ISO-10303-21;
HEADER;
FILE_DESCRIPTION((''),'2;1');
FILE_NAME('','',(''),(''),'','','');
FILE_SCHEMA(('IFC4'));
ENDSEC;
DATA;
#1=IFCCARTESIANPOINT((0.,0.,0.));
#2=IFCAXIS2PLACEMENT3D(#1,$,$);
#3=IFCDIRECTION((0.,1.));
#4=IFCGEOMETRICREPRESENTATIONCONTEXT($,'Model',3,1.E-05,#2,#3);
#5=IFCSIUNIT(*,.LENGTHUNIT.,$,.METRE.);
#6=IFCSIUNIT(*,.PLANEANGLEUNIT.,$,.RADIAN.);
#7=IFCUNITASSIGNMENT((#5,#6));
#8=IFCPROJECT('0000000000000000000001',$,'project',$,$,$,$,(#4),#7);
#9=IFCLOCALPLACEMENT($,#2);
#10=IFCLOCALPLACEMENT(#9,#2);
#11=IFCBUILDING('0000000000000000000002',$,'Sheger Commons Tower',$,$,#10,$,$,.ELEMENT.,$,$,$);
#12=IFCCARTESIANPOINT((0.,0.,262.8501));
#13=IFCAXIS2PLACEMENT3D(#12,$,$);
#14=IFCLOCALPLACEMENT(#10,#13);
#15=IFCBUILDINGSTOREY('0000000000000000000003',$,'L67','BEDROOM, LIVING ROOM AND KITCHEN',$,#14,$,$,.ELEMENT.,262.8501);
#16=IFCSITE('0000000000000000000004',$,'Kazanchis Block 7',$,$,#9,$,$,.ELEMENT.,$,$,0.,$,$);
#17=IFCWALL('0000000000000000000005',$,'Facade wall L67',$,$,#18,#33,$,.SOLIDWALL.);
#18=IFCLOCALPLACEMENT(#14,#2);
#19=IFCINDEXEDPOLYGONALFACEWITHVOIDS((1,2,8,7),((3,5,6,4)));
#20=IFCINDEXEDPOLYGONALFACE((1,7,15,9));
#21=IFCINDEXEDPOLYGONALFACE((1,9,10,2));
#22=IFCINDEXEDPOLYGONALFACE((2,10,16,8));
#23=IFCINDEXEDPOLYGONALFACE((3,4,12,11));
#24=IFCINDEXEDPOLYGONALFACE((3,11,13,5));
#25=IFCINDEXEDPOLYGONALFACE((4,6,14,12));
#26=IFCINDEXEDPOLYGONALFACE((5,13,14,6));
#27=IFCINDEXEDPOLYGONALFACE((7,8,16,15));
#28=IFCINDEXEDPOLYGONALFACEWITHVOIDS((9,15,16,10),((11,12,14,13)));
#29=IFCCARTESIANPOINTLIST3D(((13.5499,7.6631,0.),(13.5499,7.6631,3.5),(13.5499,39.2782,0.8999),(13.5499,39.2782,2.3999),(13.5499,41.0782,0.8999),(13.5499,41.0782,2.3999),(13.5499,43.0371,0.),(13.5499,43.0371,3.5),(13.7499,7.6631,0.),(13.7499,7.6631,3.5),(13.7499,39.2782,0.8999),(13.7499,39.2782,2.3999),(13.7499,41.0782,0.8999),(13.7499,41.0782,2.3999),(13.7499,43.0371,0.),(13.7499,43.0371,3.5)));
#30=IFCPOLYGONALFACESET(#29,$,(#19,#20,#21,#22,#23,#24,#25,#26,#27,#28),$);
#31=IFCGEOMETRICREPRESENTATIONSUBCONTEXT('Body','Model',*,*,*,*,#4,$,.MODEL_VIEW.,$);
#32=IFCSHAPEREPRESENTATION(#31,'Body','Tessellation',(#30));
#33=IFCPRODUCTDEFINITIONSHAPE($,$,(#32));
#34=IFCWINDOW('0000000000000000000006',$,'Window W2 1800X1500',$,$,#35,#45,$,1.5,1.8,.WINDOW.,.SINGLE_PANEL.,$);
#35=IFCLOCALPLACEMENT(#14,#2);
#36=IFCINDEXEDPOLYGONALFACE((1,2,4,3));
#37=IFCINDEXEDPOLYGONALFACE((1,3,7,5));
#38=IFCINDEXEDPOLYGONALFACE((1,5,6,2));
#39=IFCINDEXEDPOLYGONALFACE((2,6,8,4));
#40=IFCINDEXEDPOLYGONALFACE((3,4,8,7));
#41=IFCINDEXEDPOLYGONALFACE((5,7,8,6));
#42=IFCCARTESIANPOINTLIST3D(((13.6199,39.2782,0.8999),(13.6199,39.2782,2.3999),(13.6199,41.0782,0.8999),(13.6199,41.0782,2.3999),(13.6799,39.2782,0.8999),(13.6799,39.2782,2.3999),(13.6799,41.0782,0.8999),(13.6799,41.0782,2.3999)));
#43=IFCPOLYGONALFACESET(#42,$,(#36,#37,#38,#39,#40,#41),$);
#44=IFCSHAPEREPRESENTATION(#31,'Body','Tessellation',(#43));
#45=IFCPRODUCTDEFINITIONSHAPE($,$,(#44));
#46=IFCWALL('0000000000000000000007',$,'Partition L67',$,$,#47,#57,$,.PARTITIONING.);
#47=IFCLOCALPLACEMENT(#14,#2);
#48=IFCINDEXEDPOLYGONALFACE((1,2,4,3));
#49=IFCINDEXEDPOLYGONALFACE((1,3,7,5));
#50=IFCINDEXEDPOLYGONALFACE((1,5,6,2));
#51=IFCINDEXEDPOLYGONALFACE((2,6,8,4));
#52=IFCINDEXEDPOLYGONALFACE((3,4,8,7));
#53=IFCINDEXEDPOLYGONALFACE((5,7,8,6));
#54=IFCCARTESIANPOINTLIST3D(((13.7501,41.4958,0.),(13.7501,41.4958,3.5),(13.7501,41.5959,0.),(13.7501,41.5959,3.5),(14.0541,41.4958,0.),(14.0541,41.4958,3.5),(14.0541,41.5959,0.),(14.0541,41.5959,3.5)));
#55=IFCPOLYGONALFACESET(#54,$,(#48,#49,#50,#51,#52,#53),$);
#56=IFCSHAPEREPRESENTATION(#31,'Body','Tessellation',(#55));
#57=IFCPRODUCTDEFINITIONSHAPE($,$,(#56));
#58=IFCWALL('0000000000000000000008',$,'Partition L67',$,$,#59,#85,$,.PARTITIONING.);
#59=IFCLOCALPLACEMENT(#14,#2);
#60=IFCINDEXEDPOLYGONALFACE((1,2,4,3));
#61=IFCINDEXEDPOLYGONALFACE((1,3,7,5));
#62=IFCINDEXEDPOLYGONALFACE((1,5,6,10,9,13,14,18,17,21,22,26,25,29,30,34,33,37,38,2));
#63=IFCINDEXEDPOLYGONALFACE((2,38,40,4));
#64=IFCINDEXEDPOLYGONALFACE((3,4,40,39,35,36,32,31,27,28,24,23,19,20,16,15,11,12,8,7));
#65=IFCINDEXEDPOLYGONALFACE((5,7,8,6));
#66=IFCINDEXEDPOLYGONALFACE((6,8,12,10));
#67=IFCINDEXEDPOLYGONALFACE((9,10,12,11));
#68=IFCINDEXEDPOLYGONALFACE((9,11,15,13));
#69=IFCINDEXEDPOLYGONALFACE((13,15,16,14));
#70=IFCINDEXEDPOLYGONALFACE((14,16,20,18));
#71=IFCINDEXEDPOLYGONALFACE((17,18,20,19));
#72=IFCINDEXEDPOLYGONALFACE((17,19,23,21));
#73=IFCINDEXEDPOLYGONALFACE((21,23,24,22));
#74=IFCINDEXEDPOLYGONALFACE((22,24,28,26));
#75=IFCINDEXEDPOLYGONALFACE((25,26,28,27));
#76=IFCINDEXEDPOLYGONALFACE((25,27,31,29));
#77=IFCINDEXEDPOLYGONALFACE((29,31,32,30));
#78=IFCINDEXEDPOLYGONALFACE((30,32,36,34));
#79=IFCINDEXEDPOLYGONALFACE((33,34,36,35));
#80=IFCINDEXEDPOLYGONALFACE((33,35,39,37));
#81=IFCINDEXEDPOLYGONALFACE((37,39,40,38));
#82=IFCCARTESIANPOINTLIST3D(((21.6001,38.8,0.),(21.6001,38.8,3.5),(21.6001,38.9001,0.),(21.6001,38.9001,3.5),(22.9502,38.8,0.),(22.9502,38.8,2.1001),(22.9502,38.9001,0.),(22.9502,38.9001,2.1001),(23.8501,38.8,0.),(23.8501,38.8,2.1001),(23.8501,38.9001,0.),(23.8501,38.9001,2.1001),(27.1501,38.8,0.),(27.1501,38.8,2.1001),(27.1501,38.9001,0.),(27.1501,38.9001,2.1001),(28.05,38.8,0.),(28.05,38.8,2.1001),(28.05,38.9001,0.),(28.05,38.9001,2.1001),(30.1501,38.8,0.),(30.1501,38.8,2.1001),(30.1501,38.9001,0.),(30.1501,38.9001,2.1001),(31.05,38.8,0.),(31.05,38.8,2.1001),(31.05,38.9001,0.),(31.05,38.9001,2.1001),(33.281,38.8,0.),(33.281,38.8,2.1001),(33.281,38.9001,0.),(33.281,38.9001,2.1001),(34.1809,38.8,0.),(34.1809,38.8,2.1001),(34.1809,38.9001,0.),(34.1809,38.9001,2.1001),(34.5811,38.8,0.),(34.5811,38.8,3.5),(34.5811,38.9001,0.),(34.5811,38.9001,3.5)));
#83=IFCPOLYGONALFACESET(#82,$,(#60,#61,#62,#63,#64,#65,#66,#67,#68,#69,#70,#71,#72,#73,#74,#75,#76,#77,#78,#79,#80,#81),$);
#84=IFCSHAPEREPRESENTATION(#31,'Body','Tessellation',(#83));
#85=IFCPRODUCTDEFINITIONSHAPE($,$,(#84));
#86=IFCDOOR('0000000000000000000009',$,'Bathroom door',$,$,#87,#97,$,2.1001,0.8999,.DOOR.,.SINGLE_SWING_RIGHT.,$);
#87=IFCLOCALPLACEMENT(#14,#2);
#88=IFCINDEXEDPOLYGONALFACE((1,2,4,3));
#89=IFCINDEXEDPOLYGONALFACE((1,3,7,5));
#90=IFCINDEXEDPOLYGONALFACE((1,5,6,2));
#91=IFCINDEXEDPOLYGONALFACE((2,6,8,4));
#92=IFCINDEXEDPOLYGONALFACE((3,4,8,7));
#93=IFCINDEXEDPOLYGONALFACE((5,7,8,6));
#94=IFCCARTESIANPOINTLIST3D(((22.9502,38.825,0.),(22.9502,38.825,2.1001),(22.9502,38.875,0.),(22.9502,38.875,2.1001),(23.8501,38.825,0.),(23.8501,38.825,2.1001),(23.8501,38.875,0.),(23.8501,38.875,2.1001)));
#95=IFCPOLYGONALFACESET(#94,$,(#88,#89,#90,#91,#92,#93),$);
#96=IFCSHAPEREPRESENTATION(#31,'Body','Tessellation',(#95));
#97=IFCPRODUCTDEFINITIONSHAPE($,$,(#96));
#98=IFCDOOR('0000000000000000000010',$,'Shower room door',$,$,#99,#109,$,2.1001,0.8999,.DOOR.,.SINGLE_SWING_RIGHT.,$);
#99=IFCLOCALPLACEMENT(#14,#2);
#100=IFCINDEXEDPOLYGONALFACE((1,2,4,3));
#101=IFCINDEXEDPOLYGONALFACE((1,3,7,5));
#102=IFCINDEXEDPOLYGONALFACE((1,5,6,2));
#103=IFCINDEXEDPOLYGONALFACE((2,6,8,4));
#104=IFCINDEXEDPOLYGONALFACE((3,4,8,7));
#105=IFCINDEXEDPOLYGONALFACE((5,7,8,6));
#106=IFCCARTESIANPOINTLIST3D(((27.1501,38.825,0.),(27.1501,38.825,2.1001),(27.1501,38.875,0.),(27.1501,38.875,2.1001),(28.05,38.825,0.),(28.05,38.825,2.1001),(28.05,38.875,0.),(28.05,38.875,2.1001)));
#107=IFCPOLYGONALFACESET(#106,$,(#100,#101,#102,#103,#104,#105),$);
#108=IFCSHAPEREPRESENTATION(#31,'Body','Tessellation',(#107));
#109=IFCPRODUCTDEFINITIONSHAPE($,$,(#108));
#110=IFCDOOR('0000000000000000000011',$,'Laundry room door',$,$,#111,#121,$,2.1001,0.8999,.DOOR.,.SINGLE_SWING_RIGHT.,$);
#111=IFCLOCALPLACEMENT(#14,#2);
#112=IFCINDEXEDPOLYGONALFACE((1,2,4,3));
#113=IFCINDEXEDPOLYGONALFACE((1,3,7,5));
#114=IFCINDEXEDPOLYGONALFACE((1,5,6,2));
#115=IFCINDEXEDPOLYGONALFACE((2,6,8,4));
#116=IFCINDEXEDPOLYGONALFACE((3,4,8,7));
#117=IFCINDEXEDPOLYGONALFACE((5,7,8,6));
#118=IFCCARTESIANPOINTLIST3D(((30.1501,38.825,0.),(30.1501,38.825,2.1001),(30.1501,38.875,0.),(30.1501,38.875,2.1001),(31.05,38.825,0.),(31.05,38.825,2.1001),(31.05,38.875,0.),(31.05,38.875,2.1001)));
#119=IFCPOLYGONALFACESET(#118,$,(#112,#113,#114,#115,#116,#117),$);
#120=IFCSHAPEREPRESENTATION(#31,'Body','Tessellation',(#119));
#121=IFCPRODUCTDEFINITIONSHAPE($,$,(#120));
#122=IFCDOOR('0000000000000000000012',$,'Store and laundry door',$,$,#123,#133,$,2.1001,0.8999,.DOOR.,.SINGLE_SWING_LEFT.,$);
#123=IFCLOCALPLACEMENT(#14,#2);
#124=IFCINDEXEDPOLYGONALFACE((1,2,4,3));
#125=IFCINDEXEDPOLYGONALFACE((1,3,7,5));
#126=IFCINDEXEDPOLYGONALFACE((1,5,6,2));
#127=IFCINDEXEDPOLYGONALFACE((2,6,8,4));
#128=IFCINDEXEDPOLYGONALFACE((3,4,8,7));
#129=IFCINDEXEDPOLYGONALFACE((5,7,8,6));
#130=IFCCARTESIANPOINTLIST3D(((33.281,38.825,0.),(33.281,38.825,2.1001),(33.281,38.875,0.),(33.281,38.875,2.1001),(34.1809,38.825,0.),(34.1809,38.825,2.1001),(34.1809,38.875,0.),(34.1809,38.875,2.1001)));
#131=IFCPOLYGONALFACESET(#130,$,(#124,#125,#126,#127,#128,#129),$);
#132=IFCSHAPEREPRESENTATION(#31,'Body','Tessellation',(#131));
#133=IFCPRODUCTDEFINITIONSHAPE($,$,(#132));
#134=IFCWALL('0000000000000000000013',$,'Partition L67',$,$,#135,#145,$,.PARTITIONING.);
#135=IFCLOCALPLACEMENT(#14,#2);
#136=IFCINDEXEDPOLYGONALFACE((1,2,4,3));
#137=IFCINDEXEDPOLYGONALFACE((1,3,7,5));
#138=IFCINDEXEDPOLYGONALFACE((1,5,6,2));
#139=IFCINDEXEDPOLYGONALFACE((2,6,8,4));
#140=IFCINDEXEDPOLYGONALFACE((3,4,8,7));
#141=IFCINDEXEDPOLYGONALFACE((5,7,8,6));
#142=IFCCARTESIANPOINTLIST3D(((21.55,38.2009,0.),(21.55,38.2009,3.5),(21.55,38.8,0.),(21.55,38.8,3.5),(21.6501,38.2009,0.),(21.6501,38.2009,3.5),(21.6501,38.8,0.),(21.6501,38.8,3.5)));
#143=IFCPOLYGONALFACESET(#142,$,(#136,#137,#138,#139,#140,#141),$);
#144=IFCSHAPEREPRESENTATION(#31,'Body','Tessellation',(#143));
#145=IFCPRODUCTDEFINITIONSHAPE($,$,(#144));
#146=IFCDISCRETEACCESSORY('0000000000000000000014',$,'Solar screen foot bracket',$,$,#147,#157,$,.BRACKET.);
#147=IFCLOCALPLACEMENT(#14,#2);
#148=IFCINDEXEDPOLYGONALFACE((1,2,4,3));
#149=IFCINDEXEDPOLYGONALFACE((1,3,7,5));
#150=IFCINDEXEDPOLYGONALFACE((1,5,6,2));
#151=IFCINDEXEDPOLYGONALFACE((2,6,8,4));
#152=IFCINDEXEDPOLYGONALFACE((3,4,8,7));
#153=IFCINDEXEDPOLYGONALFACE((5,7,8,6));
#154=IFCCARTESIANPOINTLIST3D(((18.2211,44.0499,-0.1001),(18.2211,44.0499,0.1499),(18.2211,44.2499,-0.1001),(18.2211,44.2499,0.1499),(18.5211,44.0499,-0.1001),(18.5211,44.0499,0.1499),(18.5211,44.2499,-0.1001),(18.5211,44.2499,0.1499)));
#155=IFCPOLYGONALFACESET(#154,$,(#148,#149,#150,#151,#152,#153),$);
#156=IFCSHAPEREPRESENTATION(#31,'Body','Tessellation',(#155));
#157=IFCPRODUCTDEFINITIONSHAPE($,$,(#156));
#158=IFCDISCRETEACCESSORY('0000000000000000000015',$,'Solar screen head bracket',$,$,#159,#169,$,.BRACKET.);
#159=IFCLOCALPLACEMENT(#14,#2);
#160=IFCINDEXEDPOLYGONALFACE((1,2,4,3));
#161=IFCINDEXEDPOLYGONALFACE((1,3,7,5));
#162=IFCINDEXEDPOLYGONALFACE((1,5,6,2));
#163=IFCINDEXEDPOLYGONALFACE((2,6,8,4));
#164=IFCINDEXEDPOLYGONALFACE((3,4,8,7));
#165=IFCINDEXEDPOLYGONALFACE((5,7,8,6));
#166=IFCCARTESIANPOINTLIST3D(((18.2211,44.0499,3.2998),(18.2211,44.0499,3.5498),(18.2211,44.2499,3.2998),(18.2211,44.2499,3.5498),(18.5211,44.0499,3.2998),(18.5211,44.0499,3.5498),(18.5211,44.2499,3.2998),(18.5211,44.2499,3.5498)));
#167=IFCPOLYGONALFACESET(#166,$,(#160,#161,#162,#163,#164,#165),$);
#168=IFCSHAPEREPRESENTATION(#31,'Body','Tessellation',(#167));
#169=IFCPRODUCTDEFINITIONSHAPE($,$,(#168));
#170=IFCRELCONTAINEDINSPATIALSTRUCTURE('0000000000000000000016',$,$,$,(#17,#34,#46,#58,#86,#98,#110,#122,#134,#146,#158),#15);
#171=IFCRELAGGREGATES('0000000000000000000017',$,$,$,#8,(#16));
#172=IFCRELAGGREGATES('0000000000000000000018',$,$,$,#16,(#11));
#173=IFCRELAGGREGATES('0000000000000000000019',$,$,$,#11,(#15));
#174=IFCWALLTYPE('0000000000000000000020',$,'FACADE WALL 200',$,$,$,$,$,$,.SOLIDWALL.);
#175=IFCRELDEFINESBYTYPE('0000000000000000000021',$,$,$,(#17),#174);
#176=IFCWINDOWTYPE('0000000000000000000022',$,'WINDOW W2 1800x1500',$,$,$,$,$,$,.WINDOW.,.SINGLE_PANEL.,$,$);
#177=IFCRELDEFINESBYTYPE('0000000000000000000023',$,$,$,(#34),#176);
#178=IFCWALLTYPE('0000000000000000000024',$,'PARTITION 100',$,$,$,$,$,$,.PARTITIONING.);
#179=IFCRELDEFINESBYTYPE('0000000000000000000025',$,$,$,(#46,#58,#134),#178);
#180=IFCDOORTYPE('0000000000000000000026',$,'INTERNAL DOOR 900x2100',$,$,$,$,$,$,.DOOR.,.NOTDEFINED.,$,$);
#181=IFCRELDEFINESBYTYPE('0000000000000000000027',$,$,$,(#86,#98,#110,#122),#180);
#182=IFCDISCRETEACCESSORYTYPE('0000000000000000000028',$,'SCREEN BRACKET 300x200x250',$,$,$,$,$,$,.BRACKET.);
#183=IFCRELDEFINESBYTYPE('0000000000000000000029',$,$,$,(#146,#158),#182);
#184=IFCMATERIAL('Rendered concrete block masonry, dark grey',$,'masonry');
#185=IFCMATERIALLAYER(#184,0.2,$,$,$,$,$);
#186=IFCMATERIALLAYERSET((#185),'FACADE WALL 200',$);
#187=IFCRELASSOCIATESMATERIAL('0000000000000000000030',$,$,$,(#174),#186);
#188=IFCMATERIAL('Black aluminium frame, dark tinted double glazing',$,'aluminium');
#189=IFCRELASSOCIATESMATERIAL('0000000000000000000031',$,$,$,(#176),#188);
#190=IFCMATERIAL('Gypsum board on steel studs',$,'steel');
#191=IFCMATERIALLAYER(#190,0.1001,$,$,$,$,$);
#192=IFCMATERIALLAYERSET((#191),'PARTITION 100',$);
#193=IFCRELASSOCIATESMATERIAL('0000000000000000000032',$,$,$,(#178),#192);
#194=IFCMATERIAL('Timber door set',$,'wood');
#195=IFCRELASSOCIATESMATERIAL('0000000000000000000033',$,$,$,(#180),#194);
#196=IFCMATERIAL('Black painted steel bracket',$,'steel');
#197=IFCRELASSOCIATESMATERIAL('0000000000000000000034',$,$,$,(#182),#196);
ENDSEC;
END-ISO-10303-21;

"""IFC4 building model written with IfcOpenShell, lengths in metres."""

from ifc_helpers import new_model, si_unit, direction, frame, frame_2d, origin, origin_2d, place, context, subcontext, project, spatial, rectangle, extrude, material, layer, layer_set, type_object, element, fill, save


model = new_model("IFC4")

# Units and contexts
model_context = context("Model", 3, precision=1e-05, world=origin(), true_north=direction((0.0, 1.0)))
body_context = subcontext(model_context, "Body", "Model", "MODEL_VIEW")
ifc_project = project(units=[si_unit("LENGTHUNIT", "METRE"), si_unit("PLANEANGLEUNIT", "RADIAN")], contexts=[model_context])

# Site, building, storey
site_placement = place(None, origin())
site = spatial("IfcSite", under=ifc_project, at=site_placement, Name="Kazanchis Block 7", CompositionType="ELEMENT", RefElevation=0.0)
building_placement = place(site_placement, origin())
building = spatial("IfcBuilding", under=site, at=building_placement, Name="Sheger Commons Tower", CompositionType="ELEMENT")
storey_placement = place(building_placement, frame((0.0, 0.0, 262.8501)))
storey = spatial("IfcBuildingStorey", under=building, at=storey_placement, Name="L67", Description="BEDROOM, LIVING ROOM AND KITCHEN", CompositionType="ELEMENT", Elevation=262.8501)

# Shared definitions
ifc_material_1 = material(Name="Rendered concrete block masonry, dark grey", Category="masonry")
ifc_layer_1 = layer(ifc_material_1, 0.2)
ifc_layer_set_1 = layer_set([ifc_layer_1], Name="FACADE WALL 200")
wall_type_1 = type_object("IfcWallType", Name="FACADE WALL 200", PredefinedType="SOLIDWALL", material=ifc_layer_set_1)

# Wall, opening, window
wall_1_placement = place(storey_placement, frame((13.6499, 43.0371, 0.0), z_axis=(0.0, 0.0, 1.0), x_axis=(0.0, -1.0, 0.0)))
wall_1 = element("IfcWall", 1, at=wall_1_placement, inside=storey, type_object=wall_type_1, Name="Facade wall L67", PredefinedType="SOLIDWALL", context=body_context, shape_type="SweptSolid", body=[
    extrude(rectangle(XDim=35.374, YDim=0.2, at=frame_2d((17.687, 0.0))), origin(), (0.0, 0.0, 1.0), 3.5),
])
opening_1_placement = place(wall_1_placement, frame((1.959, 0.0, 0.8999)))
opening_1 = element("IfcOpeningElement", 2, at=opening_1_placement, cuts=wall_1, PredefinedType="OPENING", context=body_context, shape_type="SweptSolid", body=[
    extrude(rectangle(XDim=1.8, YDim=1.5, at=frame_2d((0.8999, 0.75))), frame((0.0, 0.1099, 0.0), z_axis=(0.0, -1.0, 0.0), x_axis=(1.0, 0.0, 0.0)), (0.0, 0.0, 1.0), 0.22),
])
ifc_material_2 = material(Name="Black aluminium frame, dark tinted double glazing", Category="aluminium")
window_type = type_object("IfcWindowType", Name="WINDOW W2 1800x1500", PartitioningType="SINGLE_PANEL", PredefinedType="WINDOW", material=ifc_material_2)
window_placement = place(opening_1_placement, origin())
window = element("IfcWindow", 3, at=window_placement, inside=storey, type_object=window_type, Name="Window W2 1800X1500", OverallHeight=1.5, OverallWidth=1.8, PartitioningType="SINGLE_PANEL", PredefinedType="WINDOW", context=body_context, shape_type="SweptSolid", body=[
    extrude(rectangle(XDim=1.8, YDim=1.5, at=frame_2d((0.8999, 0.75))), frame((0.0, 0.03, 0.0), z_axis=(0.0, -1.0, 0.0), x_axis=(1.0, 0.0, 0.0)), (0.0, 0.0, 1.0), 0.0601),
])
fill(opening_1, window)

# Wall
ifc_material_3 = material(Name="Gypsum board on steel studs", Category="steel")
ifc_layer_2 = layer(ifc_material_3, 0.1001)
ifc_layer_set_2 = layer_set([ifc_layer_2], Name="PARTITION 100")
wall_type_2 = type_object("IfcWallType", Name="PARTITION 100", PredefinedType="PARTITIONING", material=ifc_layer_set_2)
wall_2_placement = place(storey_placement, frame((14.054, 41.5459, 0.0), z_axis=(0.0, 0.0, 1.0), x_axis=(-1.0, 0.0, 0.0)))
element("IfcWall", 4, at=wall_2_placement, inside=storey, type_object=wall_type_2, Name="Partition L67", PredefinedType="PARTITIONING", context=body_context, shape_type="SweptSolid", body=[
    extrude(rectangle(XDim=0.304, YDim=0.1001, at=frame_2d((0.1519, 0.0))), origin(), (0.0, 0.0, 1.0), 3.5),
])

# Wall, openings, doors
wall_3_placement = place(storey_placement, frame((21.6001, 38.8501, 0.0), z_axis=(0.0, 0.0, 1.0), x_axis=(1.0, 0.0, 0.0)))
wall_3 = element("IfcWall", 5, at=wall_3_placement, inside=storey, type_object=wall_type_2, Name="Partition L67", PredefinedType="PARTITIONING", context=body_context, shape_type="SweptSolid", body=[
    extrude(rectangle(XDim=12.981, YDim=0.1001, at=frame_2d((6.4905, 0.0))), origin(), (0.0, 0.0, 1.0), 3.5),
])
opening_2_placement = place(wall_3_placement, frame((1.3501, 0.0, 0.0)))
opening_2 = element("IfcOpeningElement", 6, at=opening_2_placement, cuts=wall_3, PredefinedType="OPENING", context=body_context, shape_type="SweptSolid", body=[
    extrude(rectangle(XDim=0.8999, YDim=2.1001, at=frame_2d((0.45, 1.05))), frame((0.0, 0.0601, 0.0), z_axis=(0.0, -1.0, 0.0), x_axis=(1.0, 0.0, 0.0)), (0.0, 0.0, 1.0), 0.1201),
])
opening_3_placement = place(wall_3_placement, frame((5.55, 0.0, 0.0)))
opening_3 = element("IfcOpeningElement", 7, at=opening_3_placement, cuts=wall_3, PredefinedType="OPENING", context=body_context, shape_type="SweptSolid", body=[
    extrude(rectangle(XDim=0.8999, YDim=2.1001, at=frame_2d((0.45, 1.05))), frame((0.0, 0.0601, 0.0), z_axis=(0.0, -1.0, 0.0), x_axis=(1.0, 0.0, 0.0)), (0.0, 0.0, 1.0), 0.1201),
])
opening_4_placement = place(wall_3_placement, frame((8.55, 0.0, 0.0)))
opening_4 = element("IfcOpeningElement", 8, at=opening_4_placement, cuts=wall_3, PredefinedType="OPENING", context=body_context, shape_type="SweptSolid", body=[
    extrude(rectangle(XDim=0.8999, YDim=2.1001, at=frame_2d((0.45, 1.05))), frame((0.0, 0.0601, 0.0), z_axis=(0.0, -1.0, 0.0), x_axis=(1.0, 0.0, 0.0)), (0.0, 0.0, 1.0), 0.1201),
])
opening_5_placement = place(wall_3_placement, frame((11.6809, 0.0, 0.0)))
opening_5 = element("IfcOpeningElement", 9, at=opening_5_placement, cuts=wall_3, PredefinedType="OPENING", context=body_context, shape_type="SweptSolid", body=[
    extrude(rectangle(XDim=0.8999, YDim=2.1001, at=frame_2d((0.45, 1.05))), frame((0.0, 0.0601, 0.0), z_axis=(0.0, -1.0, 0.0), x_axis=(1.0, 0.0, 0.0)), (0.0, 0.0, 1.0), 0.1201),
])
ifc_material_4 = material(Name="Timber door set", Category="wood")
door_type_1 = type_object("IfcDoorType", Name="INTERNAL DOOR 900x2100", OperationType="NOTDEFINED", PredefinedType="DOOR", material=ifc_material_4)
door_1_placement = place(opening_2_placement, origin())
door_1 = element("IfcDoor", 10, at=door_1_placement, inside=storey, type_object=door_type_1, Name="Bathroom door", OperationType="SINGLE_SWING_RIGHT", OverallHeight=2.1001, OverallWidth=0.8999, PredefinedType="DOOR", context=body_context, shape_type="SweptSolid", body=[
    extrude(rectangle(XDim=0.8999, YDim=2.1001, at=frame_2d((0.45, 1.05))), frame((0.0, 0.0249, 0.0), z_axis=(0.0, -1.0, 0.0), x_axis=(1.0, 0.0, 0.0)), (0.0, 0.0, 1.0), 0.05),
])
fill(opening_2, door_1)
door_2_placement = place(opening_3_placement, origin())
door_2 = element("IfcDoor", 11, at=door_2_placement, inside=storey, type_object=door_type_1, Name="Shower room door", OperationType="SINGLE_SWING_RIGHT", OverallHeight=2.1001, OverallWidth=0.8999, PredefinedType="DOOR", context=body_context, shape_type="SweptSolid", body=[
    extrude(rectangle(XDim=0.8999, YDim=2.1001, at=frame_2d((0.45, 1.05))), frame((0.0, 0.0249, 0.0), z_axis=(0.0, -1.0, 0.0), x_axis=(1.0, 0.0, 0.0)), (0.0, 0.0, 1.0), 0.05),
])
fill(opening_3, door_2)
door_3_placement = place(opening_4_placement, origin())
door_3 = element("IfcDoor", 12, at=door_3_placement, inside=storey, type_object=door_type_1, Name="Laundry room door", OperationType="SINGLE_SWING_RIGHT", OverallHeight=2.1001, OverallWidth=0.8999, PredefinedType="DOOR", context=body_context, shape_type="SweptSolid", body=[
    extrude(rectangle(XDim=0.8999, YDim=2.1001, at=frame_2d((0.45, 1.05))), frame((0.0, 0.0249, 0.0), z_axis=(0.0, -1.0, 0.0), x_axis=(1.0, 0.0, 0.0)), (0.0, 0.0, 1.0), 0.05),
])
fill(opening_4, door_3)
door_4_placement = place(opening_5_placement, origin())
door_4 = element("IfcDoor", 13, at=door_4_placement, inside=storey, type_object=door_type_1, Name="Store and laundry door", OperationType="SINGLE_SWING_LEFT", OverallHeight=2.1001, OverallWidth=0.8999, PredefinedType="DOOR", context=body_context, shape_type="SweptSolid", body=[
    extrude(rectangle(XDim=0.8999, YDim=2.1001, at=frame_2d((0.45, 1.05))), frame((0.0, 0.0249, 0.0), z_axis=(0.0, -1.0, 0.0), x_axis=(1.0, 0.0, 0.0)), (0.0, 0.0, 1.0), 0.05),
])
fill(opening_5, door_4)

# Wall
wall_4_placement = place(storey_placement, frame((21.6001, 38.2009, 0.0), z_axis=(0.0, 0.0, 1.0), x_axis=(0.0, 1.0, 0.0)))
element("IfcWall", 14, at=wall_4_placement, inside=storey, type_object=wall_type_2, Name="Partition L67", PredefinedType="PARTITIONING", context=body_context, shape_type="SweptSolid", body=[
    extrude(rectangle(XDim=0.5991, YDim=0.1001, at=frame_2d((0.2996, 0.0))), origin(), (0.0, 0.0, 1.0), 3.5),
])

# Discrete accessories
ifc_material_5 = material(Name="Black painted steel bracket", Category="steel")
discrete_accessory_type = type_object("IfcDiscreteAccessoryType", Name="SCREEN BRACKET 300x200x250", PredefinedType="BRACKET", material=ifc_material_5)
for number, where, z_axis, x_axis, name in (
    (15, (18.3711, 44.1499, -0.1001), (0.0, 0.0, 1.0), (-1.0, 0.0, 0.0), "Solar screen foot bracket"),
    (16, (18.3711, 44.1499, 3.2998), (0.0, 0.0, 1.0), (-1.0, 0.0, 0.0), "Solar screen head bracket"),
):
    element("IfcDiscreteAccessory", number, at=place(storey_placement, frame(where, z_axis=z_axis, x_axis=x_axis)), inside=storey, type_object=discrete_accessory_type, Name=name, PredefinedType="BRACKET", context=body_context, shape_type="SweptSolid", body=[
        extrude(rectangle(XDim=0.3, YDim=0.2, at=origin_2d()), origin(), (0.0, 0.0, 1.0), 0.25),
    ])

save(model, "model.ifc")
